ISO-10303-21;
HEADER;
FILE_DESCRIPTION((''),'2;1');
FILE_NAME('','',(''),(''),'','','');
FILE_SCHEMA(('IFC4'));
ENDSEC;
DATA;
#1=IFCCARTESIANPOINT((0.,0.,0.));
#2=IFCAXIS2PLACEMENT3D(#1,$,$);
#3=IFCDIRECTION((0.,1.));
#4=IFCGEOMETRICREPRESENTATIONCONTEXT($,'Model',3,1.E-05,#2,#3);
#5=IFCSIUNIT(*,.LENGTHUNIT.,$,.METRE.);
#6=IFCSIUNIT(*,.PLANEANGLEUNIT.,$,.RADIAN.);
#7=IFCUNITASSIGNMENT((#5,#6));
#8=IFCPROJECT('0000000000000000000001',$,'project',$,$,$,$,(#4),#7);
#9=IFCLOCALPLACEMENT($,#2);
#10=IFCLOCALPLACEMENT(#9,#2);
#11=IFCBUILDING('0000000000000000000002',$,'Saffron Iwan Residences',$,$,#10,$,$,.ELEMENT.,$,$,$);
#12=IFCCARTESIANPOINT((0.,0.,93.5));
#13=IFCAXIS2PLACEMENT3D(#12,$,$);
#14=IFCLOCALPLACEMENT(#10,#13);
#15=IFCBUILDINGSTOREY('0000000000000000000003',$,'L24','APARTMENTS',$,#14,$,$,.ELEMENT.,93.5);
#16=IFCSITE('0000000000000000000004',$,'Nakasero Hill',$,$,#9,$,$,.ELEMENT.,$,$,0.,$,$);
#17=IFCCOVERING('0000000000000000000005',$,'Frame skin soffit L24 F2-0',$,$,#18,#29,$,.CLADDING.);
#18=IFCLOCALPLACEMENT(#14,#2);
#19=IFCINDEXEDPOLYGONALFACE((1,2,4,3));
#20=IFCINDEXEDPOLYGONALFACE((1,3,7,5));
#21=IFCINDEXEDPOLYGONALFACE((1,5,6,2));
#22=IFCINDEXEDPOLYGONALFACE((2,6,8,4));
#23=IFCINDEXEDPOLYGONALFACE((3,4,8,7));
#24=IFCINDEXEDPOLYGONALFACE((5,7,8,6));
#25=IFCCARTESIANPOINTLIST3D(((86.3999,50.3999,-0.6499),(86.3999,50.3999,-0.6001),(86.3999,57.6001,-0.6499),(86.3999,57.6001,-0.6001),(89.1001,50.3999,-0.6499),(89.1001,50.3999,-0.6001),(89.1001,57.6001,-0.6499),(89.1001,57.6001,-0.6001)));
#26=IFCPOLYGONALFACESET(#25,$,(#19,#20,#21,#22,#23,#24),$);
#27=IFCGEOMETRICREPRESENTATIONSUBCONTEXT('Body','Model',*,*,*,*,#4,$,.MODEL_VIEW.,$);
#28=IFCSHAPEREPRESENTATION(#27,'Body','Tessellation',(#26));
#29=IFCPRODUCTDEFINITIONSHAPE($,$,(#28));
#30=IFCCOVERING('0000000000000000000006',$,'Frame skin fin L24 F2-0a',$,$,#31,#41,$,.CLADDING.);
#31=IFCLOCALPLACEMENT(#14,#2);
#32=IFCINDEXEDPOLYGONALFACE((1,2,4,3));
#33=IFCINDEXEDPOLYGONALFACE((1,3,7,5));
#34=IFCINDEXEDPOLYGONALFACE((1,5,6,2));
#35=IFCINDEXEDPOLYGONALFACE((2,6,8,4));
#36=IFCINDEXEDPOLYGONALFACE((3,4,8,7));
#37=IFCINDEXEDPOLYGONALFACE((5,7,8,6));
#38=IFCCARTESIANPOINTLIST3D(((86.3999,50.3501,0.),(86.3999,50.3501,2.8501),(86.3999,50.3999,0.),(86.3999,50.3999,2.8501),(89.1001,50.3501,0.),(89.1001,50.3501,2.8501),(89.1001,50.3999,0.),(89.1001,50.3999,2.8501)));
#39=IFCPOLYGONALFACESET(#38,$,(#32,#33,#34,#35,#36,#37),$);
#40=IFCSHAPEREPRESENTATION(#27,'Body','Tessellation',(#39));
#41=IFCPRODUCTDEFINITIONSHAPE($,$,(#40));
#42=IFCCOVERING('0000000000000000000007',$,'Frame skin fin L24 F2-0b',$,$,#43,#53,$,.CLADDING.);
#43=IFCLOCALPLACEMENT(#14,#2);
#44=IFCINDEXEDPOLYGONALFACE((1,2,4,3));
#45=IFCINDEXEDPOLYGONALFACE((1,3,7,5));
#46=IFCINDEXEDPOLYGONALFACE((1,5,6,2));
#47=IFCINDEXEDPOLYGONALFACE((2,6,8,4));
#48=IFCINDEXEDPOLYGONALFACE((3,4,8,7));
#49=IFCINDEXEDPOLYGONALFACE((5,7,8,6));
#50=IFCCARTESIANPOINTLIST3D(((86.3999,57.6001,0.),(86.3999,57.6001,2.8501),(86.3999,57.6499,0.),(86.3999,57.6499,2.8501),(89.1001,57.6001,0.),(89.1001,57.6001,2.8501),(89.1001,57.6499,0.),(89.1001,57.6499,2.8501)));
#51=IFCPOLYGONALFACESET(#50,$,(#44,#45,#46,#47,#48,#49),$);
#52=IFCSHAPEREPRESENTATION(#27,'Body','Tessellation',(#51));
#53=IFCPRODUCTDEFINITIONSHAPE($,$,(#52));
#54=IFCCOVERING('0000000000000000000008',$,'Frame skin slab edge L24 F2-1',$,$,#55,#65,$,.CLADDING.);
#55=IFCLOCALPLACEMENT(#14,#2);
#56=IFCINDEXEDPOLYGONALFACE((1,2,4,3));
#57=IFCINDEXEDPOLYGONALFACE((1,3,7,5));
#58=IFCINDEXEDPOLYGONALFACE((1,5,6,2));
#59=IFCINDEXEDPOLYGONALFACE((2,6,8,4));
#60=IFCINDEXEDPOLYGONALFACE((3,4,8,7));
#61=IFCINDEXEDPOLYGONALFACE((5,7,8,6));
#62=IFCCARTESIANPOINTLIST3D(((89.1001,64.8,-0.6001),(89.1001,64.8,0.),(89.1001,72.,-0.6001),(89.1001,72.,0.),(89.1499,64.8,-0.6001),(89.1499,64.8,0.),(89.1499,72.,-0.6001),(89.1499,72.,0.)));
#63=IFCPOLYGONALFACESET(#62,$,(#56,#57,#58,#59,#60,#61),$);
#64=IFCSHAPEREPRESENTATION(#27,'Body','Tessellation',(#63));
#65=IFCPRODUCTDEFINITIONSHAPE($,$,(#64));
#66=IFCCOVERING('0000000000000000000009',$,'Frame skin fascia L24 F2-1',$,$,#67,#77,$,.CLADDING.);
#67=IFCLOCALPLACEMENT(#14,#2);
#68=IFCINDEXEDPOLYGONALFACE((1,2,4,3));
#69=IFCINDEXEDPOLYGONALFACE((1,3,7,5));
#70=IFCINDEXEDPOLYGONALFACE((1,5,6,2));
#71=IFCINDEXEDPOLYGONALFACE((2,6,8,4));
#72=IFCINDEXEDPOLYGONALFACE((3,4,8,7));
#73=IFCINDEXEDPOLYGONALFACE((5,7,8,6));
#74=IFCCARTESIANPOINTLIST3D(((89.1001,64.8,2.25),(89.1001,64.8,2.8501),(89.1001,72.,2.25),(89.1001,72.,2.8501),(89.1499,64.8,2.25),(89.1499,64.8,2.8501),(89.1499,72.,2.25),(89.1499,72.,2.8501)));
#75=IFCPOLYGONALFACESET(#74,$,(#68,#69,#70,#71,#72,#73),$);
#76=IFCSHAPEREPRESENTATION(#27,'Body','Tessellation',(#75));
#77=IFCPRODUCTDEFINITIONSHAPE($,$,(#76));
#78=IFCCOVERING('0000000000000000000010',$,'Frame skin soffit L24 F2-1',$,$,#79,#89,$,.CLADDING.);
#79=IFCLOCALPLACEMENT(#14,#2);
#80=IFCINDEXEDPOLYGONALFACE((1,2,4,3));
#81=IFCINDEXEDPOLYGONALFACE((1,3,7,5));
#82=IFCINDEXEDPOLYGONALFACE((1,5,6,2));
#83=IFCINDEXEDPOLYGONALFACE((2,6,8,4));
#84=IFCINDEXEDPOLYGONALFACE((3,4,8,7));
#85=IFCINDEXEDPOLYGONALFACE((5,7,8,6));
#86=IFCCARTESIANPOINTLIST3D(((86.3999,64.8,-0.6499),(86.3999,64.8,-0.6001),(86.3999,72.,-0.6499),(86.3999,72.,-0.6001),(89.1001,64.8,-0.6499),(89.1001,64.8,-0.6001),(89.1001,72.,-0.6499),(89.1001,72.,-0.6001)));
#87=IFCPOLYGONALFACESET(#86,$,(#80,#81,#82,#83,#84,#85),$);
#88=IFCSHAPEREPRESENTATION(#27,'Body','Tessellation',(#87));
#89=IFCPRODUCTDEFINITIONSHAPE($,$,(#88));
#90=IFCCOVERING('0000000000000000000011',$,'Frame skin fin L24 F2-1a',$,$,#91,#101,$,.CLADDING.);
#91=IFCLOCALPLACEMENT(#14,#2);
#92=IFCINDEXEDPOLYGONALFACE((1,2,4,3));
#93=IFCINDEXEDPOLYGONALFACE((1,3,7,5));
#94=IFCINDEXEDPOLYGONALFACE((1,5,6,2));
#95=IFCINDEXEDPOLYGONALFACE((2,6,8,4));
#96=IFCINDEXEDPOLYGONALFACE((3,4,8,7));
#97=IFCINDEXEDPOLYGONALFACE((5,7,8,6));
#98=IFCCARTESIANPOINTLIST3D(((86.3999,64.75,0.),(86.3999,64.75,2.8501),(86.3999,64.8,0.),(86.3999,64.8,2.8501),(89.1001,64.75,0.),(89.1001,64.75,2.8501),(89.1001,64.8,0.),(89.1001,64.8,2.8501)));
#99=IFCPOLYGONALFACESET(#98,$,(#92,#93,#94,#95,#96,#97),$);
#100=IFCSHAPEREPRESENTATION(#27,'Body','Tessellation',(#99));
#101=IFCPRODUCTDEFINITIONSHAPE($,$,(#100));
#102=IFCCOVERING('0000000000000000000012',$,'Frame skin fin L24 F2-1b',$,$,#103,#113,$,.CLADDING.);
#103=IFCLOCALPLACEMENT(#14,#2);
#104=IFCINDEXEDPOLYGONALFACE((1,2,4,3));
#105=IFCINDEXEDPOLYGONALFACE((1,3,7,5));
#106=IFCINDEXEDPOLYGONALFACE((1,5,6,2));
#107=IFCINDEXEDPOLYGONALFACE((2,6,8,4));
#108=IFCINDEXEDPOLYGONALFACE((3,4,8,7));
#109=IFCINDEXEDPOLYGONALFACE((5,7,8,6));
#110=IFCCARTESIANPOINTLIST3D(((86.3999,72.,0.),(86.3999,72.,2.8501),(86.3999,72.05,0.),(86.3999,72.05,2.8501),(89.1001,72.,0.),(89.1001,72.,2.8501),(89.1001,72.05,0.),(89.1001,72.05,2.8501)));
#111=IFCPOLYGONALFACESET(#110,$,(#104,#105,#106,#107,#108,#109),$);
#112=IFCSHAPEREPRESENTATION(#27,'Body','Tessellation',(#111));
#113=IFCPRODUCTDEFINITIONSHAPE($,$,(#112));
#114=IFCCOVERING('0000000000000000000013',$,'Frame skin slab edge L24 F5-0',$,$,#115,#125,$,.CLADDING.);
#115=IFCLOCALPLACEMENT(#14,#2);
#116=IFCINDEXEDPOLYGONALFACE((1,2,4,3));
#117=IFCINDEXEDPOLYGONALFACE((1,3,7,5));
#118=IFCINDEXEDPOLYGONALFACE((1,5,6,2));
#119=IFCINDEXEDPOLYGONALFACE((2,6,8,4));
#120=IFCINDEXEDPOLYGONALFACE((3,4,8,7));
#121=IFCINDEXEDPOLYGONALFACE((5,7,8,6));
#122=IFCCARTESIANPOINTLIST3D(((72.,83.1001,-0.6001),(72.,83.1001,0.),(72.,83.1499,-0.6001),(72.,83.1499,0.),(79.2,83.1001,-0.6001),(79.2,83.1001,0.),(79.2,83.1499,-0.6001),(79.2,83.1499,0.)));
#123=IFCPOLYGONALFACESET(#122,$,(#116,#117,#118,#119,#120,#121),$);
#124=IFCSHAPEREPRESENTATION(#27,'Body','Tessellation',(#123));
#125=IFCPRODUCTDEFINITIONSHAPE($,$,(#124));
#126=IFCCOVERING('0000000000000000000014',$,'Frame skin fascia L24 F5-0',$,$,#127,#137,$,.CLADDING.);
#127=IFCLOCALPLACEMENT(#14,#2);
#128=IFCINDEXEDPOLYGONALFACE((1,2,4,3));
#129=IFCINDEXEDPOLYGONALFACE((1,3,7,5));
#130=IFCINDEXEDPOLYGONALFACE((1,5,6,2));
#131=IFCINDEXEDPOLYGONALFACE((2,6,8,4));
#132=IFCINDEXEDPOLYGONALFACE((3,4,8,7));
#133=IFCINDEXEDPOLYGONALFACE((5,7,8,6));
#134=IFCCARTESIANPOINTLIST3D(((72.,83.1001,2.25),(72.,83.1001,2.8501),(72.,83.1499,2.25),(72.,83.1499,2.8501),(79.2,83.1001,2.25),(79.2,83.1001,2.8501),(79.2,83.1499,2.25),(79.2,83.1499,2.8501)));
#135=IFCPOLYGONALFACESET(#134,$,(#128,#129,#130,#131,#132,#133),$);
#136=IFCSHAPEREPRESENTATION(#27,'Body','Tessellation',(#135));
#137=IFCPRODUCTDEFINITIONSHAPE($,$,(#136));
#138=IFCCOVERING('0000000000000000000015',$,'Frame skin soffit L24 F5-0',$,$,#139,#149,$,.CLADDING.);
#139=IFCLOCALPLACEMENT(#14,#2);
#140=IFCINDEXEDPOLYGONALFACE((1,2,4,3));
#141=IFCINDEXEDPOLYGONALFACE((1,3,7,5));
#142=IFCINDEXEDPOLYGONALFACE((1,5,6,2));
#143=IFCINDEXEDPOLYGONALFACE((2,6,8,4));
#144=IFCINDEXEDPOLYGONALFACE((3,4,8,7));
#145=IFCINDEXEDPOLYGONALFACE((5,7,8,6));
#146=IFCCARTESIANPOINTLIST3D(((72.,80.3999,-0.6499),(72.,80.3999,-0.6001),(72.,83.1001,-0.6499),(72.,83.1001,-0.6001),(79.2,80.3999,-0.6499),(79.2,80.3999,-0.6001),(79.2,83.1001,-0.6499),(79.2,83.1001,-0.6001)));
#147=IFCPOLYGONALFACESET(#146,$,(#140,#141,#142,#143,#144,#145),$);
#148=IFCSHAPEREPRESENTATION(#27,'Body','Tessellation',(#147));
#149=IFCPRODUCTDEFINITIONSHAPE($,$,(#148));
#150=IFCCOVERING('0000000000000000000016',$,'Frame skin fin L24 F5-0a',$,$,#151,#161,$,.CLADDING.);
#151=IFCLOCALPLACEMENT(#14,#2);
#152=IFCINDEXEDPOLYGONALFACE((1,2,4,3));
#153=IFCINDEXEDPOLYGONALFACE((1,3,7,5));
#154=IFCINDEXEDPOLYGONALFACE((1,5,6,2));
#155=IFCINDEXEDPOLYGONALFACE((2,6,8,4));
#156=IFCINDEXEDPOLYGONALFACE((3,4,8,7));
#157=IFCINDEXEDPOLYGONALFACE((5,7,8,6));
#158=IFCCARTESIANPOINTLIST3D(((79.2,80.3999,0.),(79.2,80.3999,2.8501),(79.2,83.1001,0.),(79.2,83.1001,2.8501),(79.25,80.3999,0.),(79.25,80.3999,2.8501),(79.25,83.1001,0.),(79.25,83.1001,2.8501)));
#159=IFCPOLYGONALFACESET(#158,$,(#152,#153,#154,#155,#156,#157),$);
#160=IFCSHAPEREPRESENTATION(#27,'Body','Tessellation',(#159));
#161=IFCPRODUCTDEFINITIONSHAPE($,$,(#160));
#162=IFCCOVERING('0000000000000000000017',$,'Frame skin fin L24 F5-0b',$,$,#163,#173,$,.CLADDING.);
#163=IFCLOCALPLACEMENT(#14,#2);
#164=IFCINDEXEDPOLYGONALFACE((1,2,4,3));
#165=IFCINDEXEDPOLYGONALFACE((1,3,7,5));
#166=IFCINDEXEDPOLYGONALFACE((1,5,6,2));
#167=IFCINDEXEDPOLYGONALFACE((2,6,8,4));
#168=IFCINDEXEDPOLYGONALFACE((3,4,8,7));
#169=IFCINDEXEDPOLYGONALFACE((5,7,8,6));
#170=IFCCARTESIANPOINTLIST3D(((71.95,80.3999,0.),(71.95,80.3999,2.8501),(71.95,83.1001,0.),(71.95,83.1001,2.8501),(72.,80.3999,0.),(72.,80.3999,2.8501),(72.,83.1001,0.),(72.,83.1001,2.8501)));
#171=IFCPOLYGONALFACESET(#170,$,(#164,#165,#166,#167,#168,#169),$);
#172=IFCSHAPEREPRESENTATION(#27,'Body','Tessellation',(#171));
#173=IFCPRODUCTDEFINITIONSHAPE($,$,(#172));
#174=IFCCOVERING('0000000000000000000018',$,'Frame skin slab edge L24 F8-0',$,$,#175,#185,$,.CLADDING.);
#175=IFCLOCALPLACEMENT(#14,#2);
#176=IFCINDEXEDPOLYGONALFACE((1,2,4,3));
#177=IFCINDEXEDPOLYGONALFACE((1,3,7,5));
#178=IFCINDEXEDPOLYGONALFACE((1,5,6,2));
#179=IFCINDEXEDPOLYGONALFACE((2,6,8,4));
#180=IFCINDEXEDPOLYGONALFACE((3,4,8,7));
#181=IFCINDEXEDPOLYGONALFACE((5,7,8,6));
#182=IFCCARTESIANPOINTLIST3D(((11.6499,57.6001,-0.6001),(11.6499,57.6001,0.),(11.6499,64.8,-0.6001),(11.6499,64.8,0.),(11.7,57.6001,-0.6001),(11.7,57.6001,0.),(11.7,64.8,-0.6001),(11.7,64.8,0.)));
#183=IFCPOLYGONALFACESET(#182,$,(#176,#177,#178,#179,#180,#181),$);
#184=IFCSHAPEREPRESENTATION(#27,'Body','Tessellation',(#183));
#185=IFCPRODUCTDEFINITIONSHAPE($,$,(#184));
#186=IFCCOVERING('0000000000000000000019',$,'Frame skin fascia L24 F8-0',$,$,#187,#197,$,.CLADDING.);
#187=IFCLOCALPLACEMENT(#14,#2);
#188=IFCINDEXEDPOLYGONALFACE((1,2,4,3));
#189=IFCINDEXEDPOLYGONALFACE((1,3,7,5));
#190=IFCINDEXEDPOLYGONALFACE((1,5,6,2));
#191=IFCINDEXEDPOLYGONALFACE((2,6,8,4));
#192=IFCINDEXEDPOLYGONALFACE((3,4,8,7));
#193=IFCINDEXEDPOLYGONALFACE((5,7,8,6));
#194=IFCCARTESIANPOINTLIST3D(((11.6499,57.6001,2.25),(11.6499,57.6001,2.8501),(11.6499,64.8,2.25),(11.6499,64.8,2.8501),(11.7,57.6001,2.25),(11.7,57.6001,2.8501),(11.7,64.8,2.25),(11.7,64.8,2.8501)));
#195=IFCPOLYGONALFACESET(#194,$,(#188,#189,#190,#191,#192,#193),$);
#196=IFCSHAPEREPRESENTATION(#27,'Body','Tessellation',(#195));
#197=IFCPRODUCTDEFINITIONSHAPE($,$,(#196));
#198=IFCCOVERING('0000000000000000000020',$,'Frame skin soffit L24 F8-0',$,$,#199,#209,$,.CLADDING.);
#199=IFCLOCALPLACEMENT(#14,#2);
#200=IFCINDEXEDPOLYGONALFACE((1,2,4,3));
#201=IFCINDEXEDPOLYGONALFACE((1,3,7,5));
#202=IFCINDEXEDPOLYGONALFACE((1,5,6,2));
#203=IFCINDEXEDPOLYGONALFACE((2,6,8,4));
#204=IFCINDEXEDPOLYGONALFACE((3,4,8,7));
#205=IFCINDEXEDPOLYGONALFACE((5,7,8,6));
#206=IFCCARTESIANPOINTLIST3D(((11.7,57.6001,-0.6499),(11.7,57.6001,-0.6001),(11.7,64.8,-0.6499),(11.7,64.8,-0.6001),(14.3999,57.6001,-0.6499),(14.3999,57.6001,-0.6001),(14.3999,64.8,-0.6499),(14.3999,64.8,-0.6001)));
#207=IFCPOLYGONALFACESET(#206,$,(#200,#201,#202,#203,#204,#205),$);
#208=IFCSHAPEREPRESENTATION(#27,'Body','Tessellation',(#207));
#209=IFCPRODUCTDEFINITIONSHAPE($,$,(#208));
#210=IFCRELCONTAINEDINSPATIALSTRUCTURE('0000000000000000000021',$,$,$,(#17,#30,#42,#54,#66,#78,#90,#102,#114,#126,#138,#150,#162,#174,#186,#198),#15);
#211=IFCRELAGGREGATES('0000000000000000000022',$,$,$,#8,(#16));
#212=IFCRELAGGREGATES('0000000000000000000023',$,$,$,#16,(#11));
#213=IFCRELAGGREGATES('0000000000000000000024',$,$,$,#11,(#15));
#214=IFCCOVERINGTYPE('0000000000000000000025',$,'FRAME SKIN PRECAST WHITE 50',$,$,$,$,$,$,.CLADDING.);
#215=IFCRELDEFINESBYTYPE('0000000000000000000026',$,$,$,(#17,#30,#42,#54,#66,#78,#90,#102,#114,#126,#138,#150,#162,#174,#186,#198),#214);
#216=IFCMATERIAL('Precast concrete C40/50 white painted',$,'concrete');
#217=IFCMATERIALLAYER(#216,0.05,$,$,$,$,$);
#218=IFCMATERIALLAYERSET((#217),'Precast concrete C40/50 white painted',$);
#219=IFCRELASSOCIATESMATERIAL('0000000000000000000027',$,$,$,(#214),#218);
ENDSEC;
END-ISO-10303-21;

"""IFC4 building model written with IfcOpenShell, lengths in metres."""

from ifc_helpers import new_model, si_unit, direction, frame, origin, place, context, subcontext, project, spatial, polyline, outline, extrude, material, layer, layer_set, type_object, element, save


model = new_model("IFC4")

# Units and contexts
model_context = context("Model", 3, precision=1e-05, world=origin(), true_north=direction((0.0, 1.0)))
body_context = subcontext(model_context, "Body", "Model", "MODEL_VIEW")
ifc_project = project(units=[si_unit("LENGTHUNIT", "METRE"), si_unit("PLANEANGLEUNIT", "RADIAN")], contexts=[model_context])

# Site, building, storey
site_placement = place(None, origin())
site = spatial("IfcSite", under=ifc_project, at=site_placement, Name="Nakasero Hill", CompositionType="ELEMENT", RefElevation=0.0)
building_placement = place(site_placement, origin())
building = spatial("IfcBuilding", under=site, at=building_placement, Name="Saffron Iwan Residences", CompositionType="ELEMENT")
storey_placement = place(building_placement, frame((0.0, 0.0, 93.5)))
storey = spatial("IfcBuildingStorey", under=building, at=storey_placement, Name="L24", Description="APARTMENTS", CompositionType="ELEMENT", Elevation=93.5)

# Coverings
ifc_material_1 = material(Name="Precast concrete C40/50 white painted", Category="concrete")
ifc_layer_1 = layer(ifc_material_1, 0.05)
ifc_layer_set_1 = layer_set([ifc_layer_1], Name="Precast concrete C40/50 white painted")
covering_type_1 = type_object("IfcCoveringType", Name="FRAME SKIN PRECAST WHITE 50", PredefinedType="CLADDING", material=ifc_layer_set_1)
covering_1_placement = place(storey_placement, frame((0.0, 0.0, -0.6499)))
element("IfcCovering", 1, at=covering_1_placement, inside=storey, type_object=covering_type_1, Name="Frame skin soffit L24 F2-0", PredefinedType="CLADDING", context=body_context, shape_type="SweptSolid", body=[
    extrude(outline(polyline([(89.1001, 50.3999), (89.1001, 57.6001), (86.3999, 57.6001), (86.3999, 50.3999), (89.1001, 50.3999)])), origin(), (0.0, 0.0, 1.0), 0.0498),
])
covering_2_placement = place(storey_placement, origin())
element("IfcCovering", 2, at=covering_2_placement, inside=storey, type_object=covering_type_1, Name="Frame skin fin L24 F2-0a", PredefinedType="CLADDING", context=body_context, shape_type="SweptSolid", body=[
    extrude(outline(polyline([(89.1001, 50.3501), (89.1001, 50.3999), (86.3999, 50.3999), (86.3999, 50.3501), (89.1001, 50.3501)])), origin(), (0.0, 0.0, 1.0), 2.8501),
])
covering_3_placement = place(storey_placement, origin())
element("IfcCovering", 3, at=covering_3_placement, inside=storey, type_object=covering_type_1, Name="Frame skin fin L24 F2-0b", PredefinedType="CLADDING", context=body_context, shape_type="SweptSolid", body=[
    extrude(outline(polyline([(89.1001, 57.6001), (89.1001, 57.6499), (86.3999, 57.6499), (86.3999, 57.6001), (89.1001, 57.6001)])), origin(), (0.0, 0.0, 1.0), 2.8501),
])
for number, where, name in (
    (4, (0.0, 0.0, -0.6001), "Frame skin slab edge L24 F2-1"),
    (5, (0.0, 0.0, 2.25), "Frame skin fascia L24 F2-1"),
):
    element("IfcCovering", number, at=place(storey_placement, frame(where)), inside=storey, type_object=covering_type_1, Name=name, PredefinedType="CLADDING", context=body_context, shape_type="SweptSolid", body=[
        extrude(outline(polyline([(89.1499, 64.8), (89.1499, 72.0), (89.1001, 72.0), (89.1001, 64.8), (89.1499, 64.8)])), origin(), (0.0, 0.0, 1.0), 0.6001),
    ])
covering_4_placement = place(storey_placement, frame((0.0, 0.0, -0.6499)))
element("IfcCovering", 6, at=covering_4_placement, inside=storey, type_object=covering_type_1, Name="Frame skin soffit L24 F2-1", PredefinedType="CLADDING", context=body_context, shape_type="SweptSolid", body=[
    extrude(outline(polyline([(89.1001, 64.8), (89.1001, 72.0), (86.3999, 72.0), (86.3999, 64.8), (89.1001, 64.8)])), origin(), (0.0, 0.0, 1.0), 0.0498),
])
covering_5_placement = place(storey_placement, origin())
element("IfcCovering", 7, at=covering_5_placement, inside=storey, type_object=covering_type_1, Name="Frame skin fin L24 F2-1a", PredefinedType="CLADDING", context=body_context, shape_type="SweptSolid", body=[
    extrude(outline(polyline([(89.1001, 64.75), (89.1001, 64.8), (86.3999, 64.8), (86.3999, 64.75), (89.1001, 64.75)])), origin(), (0.0, 0.0, 1.0), 2.8501),
])
covering_6_placement = place(storey_placement, origin())
element("IfcCovering", 8, at=covering_6_placement, inside=storey, type_object=covering_type_1, Name="Frame skin fin L24 F2-1b", PredefinedType="CLADDING", context=body_context, shape_type="SweptSolid", body=[
    extrude(outline(polyline([(89.1001, 72.0), (89.1001, 72.05), (86.3999, 72.05), (86.3999, 72.0), (89.1001, 72.0)])), origin(), (0.0, 0.0, 1.0), 2.8501),
])
for number, where, name in (
    (9, (0.0, 0.0, -0.6001), "Frame skin slab edge L24 F5-0"),
    (10, (0.0, 0.0, 2.25), "Frame skin fascia L24 F5-0"),
):
    element("IfcCovering", number, at=place(storey_placement, frame(where)), inside=storey, type_object=covering_type_1, Name=name, PredefinedType="CLADDING", context=body_context, shape_type="SweptSolid", body=[
        extrude(outline(polyline([(79.2, 83.1499), (72.0, 83.1499), (72.0, 83.1001), (79.2, 83.1001), (79.2, 83.1499)])), origin(), (0.0, 0.0, 1.0), 0.6001),
    ])
covering_7_placement = place(storey_placement, frame((0.0, 0.0, -0.6499)))
element("IfcCovering", 11, at=covering_7_placement, inside=storey, type_object=covering_type_1, Name="Frame skin soffit L24 F5-0", PredefinedType="CLADDING", context=body_context, shape_type="SweptSolid", body=[
    extrude(outline(polyline([(79.2, 83.1001), (72.0, 83.1001), (72.0, 80.3999), (79.2, 80.3999), (79.2, 83.1001)])), origin(), (0.0, 0.0, 1.0), 0.0498),
])
covering_8_placement = place(storey_placement, origin())
element("IfcCovering", 12, at=covering_8_placement, inside=storey, type_object=covering_type_1, Name="Frame skin fin L24 F5-0a", PredefinedType="CLADDING", context=body_context, shape_type="SweptSolid", body=[
    extrude(outline(polyline([(79.25, 83.1001), (79.2, 83.1001), (79.2, 80.3999), (79.25, 80.3999), (79.25, 83.1001)])), origin(), (0.0, 0.0, 1.0), 2.8501),
])
covering_9_placement = place(storey_placement, origin())
element("IfcCovering", 13, at=covering_9_placement, inside=storey, type_object=covering_type_1, Name="Frame skin fin L24 F5-0b", PredefinedType="CLADDING", context=body_context, shape_type="SweptSolid", body=[
    extrude(outline(polyline([(72.0, 83.1001), (71.95, 83.1001), (71.95, 80.3999), (72.0, 80.3999), (72.0, 83.1001)])), origin(), (0.0, 0.0, 1.0), 2.8501),
])
for number, where, name in (
    (14, (0.0, 0.0, -0.6001), "Frame skin slab edge L24 F8-0"),
    (15, (0.0, 0.0, 2.25), "Frame skin fascia L24 F8-0"),
):
    element("IfcCovering", number, at=place(storey_placement, frame(where)), inside=storey, type_object=covering_type_1, Name=name, PredefinedType="CLADDING", context=body_context, shape_type="SweptSolid", body=[
        extrude(outline(polyline([(11.6499, 64.8), (11.6499, 57.6001), (11.7, 57.6001), (11.7, 64.8), (11.6499, 64.8)])), origin(), (0.0, 0.0, 1.0), 0.6001),
    ])
covering_10_placement = place(storey_placement, frame((0.0, 0.0, -0.6499)))
element("IfcCovering", 16, at=covering_10_placement, inside=storey, type_object=covering_type_1, Name="Frame skin soffit L24 F8-0", PredefinedType="CLADDING", context=body_context, shape_type="SweptSolid", body=[
    extrude(outline(polyline([(11.7, 64.8), (11.7, 57.6001), (14.3999, 57.6001), (14.3999, 64.8), (11.7, 64.8)])), origin(), (0.0, 0.0, 1.0), 0.0498),
])

save(model, "model.ifc")
